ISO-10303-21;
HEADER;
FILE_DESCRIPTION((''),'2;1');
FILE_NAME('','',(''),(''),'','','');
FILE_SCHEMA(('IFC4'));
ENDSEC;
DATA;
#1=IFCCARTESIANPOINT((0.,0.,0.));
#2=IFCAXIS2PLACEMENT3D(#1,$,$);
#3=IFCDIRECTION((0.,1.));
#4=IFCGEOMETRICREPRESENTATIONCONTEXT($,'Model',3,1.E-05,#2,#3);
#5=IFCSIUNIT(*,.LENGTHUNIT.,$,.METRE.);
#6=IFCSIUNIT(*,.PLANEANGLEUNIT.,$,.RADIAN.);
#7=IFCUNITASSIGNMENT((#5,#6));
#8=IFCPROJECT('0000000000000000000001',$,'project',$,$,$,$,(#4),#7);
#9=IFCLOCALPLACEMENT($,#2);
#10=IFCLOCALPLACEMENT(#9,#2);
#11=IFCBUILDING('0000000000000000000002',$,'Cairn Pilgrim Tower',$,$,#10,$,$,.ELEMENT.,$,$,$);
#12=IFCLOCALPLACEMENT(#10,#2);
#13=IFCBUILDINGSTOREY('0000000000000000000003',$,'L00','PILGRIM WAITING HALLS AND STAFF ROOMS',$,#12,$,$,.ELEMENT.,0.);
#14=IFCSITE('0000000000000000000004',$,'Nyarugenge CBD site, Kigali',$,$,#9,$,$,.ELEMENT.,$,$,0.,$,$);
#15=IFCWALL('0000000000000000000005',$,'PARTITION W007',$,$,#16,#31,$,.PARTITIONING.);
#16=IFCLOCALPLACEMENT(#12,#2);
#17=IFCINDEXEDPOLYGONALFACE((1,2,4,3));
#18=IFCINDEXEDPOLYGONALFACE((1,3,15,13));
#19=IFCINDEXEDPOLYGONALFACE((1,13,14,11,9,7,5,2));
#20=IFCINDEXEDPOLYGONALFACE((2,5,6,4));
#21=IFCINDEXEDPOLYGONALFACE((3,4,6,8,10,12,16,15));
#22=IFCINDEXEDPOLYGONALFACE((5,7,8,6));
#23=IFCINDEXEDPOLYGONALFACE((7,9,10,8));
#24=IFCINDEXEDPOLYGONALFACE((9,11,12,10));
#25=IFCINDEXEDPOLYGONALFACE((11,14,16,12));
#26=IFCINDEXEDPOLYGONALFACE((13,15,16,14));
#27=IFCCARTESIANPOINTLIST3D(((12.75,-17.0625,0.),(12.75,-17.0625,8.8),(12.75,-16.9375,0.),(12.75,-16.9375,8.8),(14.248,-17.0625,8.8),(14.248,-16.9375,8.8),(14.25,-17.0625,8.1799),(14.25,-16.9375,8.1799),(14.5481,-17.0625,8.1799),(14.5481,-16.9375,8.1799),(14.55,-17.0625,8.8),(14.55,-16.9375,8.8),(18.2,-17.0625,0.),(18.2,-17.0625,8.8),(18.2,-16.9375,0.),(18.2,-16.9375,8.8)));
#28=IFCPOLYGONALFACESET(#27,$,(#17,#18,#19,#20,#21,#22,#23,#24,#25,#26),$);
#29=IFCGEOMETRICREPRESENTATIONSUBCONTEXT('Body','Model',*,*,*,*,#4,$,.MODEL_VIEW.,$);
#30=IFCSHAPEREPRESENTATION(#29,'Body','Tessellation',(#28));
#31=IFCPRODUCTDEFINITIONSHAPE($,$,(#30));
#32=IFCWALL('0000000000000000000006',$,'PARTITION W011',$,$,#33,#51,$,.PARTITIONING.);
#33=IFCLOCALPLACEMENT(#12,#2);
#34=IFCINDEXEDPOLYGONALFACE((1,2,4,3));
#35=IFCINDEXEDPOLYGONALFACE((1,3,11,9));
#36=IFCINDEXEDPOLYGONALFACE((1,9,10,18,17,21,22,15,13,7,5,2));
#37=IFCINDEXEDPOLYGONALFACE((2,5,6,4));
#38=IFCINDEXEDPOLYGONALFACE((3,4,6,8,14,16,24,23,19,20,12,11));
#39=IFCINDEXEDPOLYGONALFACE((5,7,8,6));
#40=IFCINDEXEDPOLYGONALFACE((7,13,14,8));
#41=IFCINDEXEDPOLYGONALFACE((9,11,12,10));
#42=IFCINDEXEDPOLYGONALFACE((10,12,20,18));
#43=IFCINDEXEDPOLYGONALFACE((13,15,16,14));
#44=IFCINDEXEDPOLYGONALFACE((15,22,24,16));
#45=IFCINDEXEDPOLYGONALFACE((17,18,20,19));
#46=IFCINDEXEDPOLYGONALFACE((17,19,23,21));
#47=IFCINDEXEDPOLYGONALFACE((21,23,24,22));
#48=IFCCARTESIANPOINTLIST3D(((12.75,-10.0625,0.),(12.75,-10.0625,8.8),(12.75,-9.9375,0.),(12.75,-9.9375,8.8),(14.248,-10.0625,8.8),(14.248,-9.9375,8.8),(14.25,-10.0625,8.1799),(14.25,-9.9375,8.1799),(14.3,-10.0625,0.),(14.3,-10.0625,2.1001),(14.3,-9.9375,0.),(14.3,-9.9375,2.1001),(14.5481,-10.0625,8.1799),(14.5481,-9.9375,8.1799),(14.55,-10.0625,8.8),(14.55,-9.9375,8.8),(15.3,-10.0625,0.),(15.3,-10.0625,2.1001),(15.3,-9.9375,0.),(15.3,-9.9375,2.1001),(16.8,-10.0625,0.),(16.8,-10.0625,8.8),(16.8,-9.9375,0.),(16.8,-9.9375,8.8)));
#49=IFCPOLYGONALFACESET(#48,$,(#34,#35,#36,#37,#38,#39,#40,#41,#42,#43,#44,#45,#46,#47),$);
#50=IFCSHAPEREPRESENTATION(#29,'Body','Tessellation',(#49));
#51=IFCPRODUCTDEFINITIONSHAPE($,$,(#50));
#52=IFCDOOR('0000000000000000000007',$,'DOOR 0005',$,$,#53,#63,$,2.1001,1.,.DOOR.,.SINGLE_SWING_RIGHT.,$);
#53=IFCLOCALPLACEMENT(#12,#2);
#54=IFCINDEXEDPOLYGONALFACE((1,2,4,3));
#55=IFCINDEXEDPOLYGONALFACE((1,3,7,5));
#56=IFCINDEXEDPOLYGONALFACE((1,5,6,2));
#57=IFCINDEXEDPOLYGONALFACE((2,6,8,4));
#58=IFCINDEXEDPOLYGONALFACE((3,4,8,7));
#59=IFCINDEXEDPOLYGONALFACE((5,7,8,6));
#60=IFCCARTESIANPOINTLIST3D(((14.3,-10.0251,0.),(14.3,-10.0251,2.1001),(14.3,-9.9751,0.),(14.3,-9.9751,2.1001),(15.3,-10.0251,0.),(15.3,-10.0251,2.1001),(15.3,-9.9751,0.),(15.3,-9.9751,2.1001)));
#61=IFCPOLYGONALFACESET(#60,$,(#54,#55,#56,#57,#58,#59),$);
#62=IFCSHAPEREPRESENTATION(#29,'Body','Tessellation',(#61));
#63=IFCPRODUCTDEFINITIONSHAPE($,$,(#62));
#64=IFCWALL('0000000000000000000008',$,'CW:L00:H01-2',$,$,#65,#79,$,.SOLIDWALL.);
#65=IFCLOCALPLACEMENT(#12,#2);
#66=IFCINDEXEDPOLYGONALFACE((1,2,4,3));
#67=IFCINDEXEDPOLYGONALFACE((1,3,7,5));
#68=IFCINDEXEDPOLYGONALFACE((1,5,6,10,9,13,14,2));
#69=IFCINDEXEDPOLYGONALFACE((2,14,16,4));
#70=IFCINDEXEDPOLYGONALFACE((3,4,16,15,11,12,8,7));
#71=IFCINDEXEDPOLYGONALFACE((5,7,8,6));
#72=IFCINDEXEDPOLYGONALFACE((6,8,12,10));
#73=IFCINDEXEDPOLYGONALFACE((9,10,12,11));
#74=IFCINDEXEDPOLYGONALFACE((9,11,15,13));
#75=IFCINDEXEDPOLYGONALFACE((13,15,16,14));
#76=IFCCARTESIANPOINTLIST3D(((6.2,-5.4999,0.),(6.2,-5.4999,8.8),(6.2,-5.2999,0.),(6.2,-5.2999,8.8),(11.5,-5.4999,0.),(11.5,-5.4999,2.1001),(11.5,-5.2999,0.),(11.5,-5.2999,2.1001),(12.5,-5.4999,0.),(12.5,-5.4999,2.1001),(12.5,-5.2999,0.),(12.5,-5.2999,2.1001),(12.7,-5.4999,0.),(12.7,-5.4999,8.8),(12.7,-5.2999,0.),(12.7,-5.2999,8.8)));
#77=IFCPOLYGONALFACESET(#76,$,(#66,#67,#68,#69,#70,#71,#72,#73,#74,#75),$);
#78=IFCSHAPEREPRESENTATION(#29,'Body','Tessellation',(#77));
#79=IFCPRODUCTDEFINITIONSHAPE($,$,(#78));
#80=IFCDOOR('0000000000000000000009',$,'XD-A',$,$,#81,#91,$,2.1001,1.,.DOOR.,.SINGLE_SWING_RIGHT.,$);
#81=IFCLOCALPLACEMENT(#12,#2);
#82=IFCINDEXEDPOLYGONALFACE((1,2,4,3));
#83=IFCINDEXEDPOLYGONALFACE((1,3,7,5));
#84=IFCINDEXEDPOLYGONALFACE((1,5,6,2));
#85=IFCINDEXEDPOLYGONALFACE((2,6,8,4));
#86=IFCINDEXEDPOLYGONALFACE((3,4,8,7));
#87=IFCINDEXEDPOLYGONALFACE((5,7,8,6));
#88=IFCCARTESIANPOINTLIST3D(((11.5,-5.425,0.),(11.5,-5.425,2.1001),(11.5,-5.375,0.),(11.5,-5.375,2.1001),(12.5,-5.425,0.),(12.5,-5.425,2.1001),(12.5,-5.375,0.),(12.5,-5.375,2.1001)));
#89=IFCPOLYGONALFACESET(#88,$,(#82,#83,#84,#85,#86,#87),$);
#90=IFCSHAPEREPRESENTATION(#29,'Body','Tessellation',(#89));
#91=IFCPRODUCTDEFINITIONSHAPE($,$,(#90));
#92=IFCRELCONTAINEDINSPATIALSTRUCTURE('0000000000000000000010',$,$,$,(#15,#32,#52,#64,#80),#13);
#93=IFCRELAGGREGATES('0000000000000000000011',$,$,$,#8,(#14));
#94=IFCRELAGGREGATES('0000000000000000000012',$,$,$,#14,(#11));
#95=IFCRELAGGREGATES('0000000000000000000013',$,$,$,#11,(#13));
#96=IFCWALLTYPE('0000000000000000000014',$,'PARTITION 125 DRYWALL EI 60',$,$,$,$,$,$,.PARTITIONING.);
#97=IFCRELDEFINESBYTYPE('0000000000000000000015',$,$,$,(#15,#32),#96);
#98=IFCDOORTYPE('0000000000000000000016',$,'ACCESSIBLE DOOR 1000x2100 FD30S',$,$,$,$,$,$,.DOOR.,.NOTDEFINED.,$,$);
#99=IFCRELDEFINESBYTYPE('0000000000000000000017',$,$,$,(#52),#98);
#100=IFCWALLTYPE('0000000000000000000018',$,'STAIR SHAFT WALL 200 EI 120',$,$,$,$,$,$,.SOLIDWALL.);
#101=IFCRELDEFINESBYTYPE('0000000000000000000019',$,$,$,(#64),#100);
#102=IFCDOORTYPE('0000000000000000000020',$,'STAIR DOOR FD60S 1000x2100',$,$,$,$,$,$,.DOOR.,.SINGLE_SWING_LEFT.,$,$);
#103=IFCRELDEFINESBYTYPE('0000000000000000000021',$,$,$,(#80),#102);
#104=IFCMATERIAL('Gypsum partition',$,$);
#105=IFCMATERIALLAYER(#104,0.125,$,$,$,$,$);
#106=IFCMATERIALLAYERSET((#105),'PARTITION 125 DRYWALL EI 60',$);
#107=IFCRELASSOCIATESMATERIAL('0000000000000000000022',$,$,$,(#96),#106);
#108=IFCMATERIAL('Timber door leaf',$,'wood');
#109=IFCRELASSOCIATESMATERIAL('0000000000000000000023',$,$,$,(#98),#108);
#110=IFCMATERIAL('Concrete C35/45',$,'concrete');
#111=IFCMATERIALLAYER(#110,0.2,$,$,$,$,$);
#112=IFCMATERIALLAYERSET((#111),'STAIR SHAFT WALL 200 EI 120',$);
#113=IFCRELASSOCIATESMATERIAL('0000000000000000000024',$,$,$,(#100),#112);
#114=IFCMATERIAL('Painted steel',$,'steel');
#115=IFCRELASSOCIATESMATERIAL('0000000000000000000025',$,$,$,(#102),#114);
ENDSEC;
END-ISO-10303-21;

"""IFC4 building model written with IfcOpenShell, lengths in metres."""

from ifc_helpers import new_model, si_unit, direction, frame, frame_2d, origin, place, context, subcontext, project, spatial, polyline, rectangle, outline, extrude, material, layer, layer_set, type_object, element, fill, save


model = new_model("IFC4")

# Units and contexts
model_context = context("Model", 3, precision=1e-05, world=origin(), true_north=direction((0.0, 1.0)))
body_context = subcontext(model_context, "Body", "Model", "MODEL_VIEW")
ifc_project = project(units=[si_unit("LENGTHUNIT", "METRE"), si_unit("PLANEANGLEUNIT", "RADIAN")], contexts=[model_context])

# Site, building, storey
site_placement = place(None, origin())
site = spatial("IfcSite", under=ifc_project, at=site_placement, Name="Nyarugenge CBD site, Kigali", CompositionType="ELEMENT", RefElevation=0.0)
building_placement = place(site_placement, origin())
building = spatial("IfcBuilding", under=site, at=building_placement, Name="Cairn Pilgrim Tower", CompositionType="ELEMENT")
storey_placement = place(building_placement, origin())
storey = spatial("IfcBuildingStorey", under=building, at=storey_placement, Name="L00", Description="PILGRIM WAITING HALLS AND STAFF ROOMS", CompositionType="ELEMENT", Elevation=0.0)

# Shared definitions
ifc_material_1 = material(Name="Concrete C35/45", Category="concrete")

# Shared definitions
ifc_material_2 = material(Name="Painted steel", Category="steel")

# Wall
ifc_material_3 = material(Name="Gypsum partition")
ifc_layer_1 = layer(ifc_material_3, 0.125)
ifc_layer_set_1 = layer_set([ifc_layer_1], Name="PARTITION 125 DRYWALL EI 60")
wall_type_1 = type_object("IfcWallType", Name="PARTITION 125 DRYWALL EI 60", PredefinedType="PARTITIONING", material=ifc_layer_set_1)
wall_1_placement = place(storey_placement, frame((12.75, -17.0, 0.0), z_axis=(0.0, 0.0, 1.0), x_axis=(1.0, 0.0, 0.0)))
element("IfcWall", 1, at=wall_1_placement, inside=storey, type_object=wall_type_1, Name="PARTITION W007", PredefinedType="PARTITIONING", context=body_context, shape_type="SweptSolid", body=[
    extrude(outline(polyline([(0.0, 0.0), (5.45, 0.0), (5.45, 8.8), (1.8, 8.8), (1.7981, 8.1799), (1.5, 8.1799), (1.498, 8.8), (0.0, 8.8), (0.0, 0.0)])), frame((0.0, 0.0625, 0.0), z_axis=(0.0, -1.0, 0.0), x_axis=(1.0, 0.0, 0.0)), (0.0, 0.0, 1.0), 0.125),
])

# Walls, openings, doors
wall_2_placement = place(storey_placement, frame((12.75, -10.0, 0.0), z_axis=(0.0, 0.0, 1.0), x_axis=(1.0, 0.0, 0.0)))
wall_2 = element("IfcWall", 2, at=wall_2_placement, inside=storey, type_object=wall_type_1, Name="PARTITION W011", PredefinedType="PARTITIONING", context=body_context, shape_type="SweptSolid", body=[
    extrude(outline(polyline([(0.0, 0.0), (4.05, 0.0), (4.05, 8.8), (1.8, 8.8), (1.7981, 8.1799), (1.5, 8.1799), (1.498, 8.8), (0.0, 8.8), (0.0, 0.0)])), frame((0.0, 0.0625, 0.0), z_axis=(0.0, -1.0, 0.0), x_axis=(1.0, 0.0, 0.0)), (0.0, 0.0, 1.0), 0.125),
])
opening_1_placement = place(wall_2_placement, frame((1.55, 0.0, 0.0)))
opening_1 = element("IfcOpeningElement", 3, at=opening_1_placement, cuts=wall_2, PredefinedType="OPENING", context=body_context, shape_type="SweptSolid", body=[
    extrude(rectangle(XDim=1.0, YDim=2.1001, at=frame_2d((0.5, 1.05))), frame((0.0, 0.0725, 0.0), z_axis=(0.0, -1.0, 0.0), x_axis=(1.0, 0.0, 0.0)), (0.0, 0.0, 1.0), 0.145),
])
ifc_material_4 = material(Name="Timber door leaf", Category="wood")
door_type_1 = type_object("IfcDoorType", Name="ACCESSIBLE DOOR 1000x2100 FD30S", OperationType="NOTDEFINED", PredefinedType="DOOR", material=ifc_material_4)
door_1_placement = place(opening_1_placement, origin())
door_1 = element("IfcDoor", 4, at=door_1_placement, inside=storey, type_object=door_type_1, Name="DOOR 0005", OperationType="SINGLE_SWING_RIGHT", OverallHeight=2.1001, OverallWidth=1.0, PredefinedType="DOOR", context=body_context, shape_type="SweptSolid", body=[
    extrude(rectangle(XDim=1.0, YDim=2.1001, at=frame_2d((0.5, 1.05))), frame((0.0, 0.0249, 0.0), z_axis=(0.0, -1.0, 0.0), x_axis=(1.0, 0.0, 0.0)), (0.0, 0.0, 1.0), 0.05),
])
fill(opening_1, door_1)
ifc_layer_2 = layer(ifc_material_1, 0.2)
ifc_layer_set_2 = layer_set([ifc_layer_2], Name="STAIR SHAFT WALL 200 EI 120")
wall_type_2 = type_object("IfcWallType", Name="STAIR SHAFT WALL 200 EI 120", PredefinedType="SOLIDWALL", material=ifc_layer_set_2)
wall_3_placement = place(storey_placement, frame((6.2, -5.3999, 0.0), z_axis=(0.0, 0.0, 1.0), x_axis=(1.0, 0.0, 0.0)))
wall_3 = element("IfcWall", 5, at=wall_3_placement, inside=storey, type_object=wall_type_2, Name="CW:L00:H01-2", PredefinedType="SOLIDWALL", context=body_context, shape_type="SweptSolid", body=[
    extrude(rectangle(XDim=6.5, YDim=0.2, at=frame_2d((3.25, 0.0))), origin(), (0.0, 0.0, 1.0), 8.8),
])
opening_2_placement = place(wall_3_placement, frame((5.3, 0.0, 0.0)))
opening_2 = element("IfcOpeningElement", 6, at=opening_2_placement, cuts=wall_3, PredefinedType="OPENING", context=body_context, shape_type="SweptSolid", body=[
    extrude(rectangle(XDim=1.0, YDim=2.1001, at=frame_2d((0.5, 1.05))), frame((0.0, 0.1099, 0.0), z_axis=(0.0, -1.0, 0.0), x_axis=(1.0, 0.0, 0.0)), (0.0, 0.0, 1.0), 0.22),
])
door_type_2 = type_object("IfcDoorType", Name="STAIR DOOR FD60S 1000x2100", OperationType="SINGLE_SWING_LEFT", PredefinedType="DOOR", material=ifc_material_2)
door_2_placement = place(opening_2_placement, origin())
door_2 = element("IfcDoor", 7, at=door_2_placement, inside=storey, type_object=door_type_2, Name="XD-A", OperationType="SINGLE_SWING_RIGHT", OverallHeight=2.1001, OverallWidth=1.0, PredefinedType="DOOR", context=body_context, shape_type="SweptSolid", body=[
    extrude(rectangle(XDim=1.0, YDim=2.1001, at=frame_2d((0.5, 1.05))), frame((0.0, 0.0249, 0.0), z_axis=(0.0, -1.0, 0.0), x_axis=(1.0, 0.0, 0.0)), (0.0, 0.0, 1.0), 0.05),
])
fill(opening_2, door_2)

save(model, "model.ifc")
